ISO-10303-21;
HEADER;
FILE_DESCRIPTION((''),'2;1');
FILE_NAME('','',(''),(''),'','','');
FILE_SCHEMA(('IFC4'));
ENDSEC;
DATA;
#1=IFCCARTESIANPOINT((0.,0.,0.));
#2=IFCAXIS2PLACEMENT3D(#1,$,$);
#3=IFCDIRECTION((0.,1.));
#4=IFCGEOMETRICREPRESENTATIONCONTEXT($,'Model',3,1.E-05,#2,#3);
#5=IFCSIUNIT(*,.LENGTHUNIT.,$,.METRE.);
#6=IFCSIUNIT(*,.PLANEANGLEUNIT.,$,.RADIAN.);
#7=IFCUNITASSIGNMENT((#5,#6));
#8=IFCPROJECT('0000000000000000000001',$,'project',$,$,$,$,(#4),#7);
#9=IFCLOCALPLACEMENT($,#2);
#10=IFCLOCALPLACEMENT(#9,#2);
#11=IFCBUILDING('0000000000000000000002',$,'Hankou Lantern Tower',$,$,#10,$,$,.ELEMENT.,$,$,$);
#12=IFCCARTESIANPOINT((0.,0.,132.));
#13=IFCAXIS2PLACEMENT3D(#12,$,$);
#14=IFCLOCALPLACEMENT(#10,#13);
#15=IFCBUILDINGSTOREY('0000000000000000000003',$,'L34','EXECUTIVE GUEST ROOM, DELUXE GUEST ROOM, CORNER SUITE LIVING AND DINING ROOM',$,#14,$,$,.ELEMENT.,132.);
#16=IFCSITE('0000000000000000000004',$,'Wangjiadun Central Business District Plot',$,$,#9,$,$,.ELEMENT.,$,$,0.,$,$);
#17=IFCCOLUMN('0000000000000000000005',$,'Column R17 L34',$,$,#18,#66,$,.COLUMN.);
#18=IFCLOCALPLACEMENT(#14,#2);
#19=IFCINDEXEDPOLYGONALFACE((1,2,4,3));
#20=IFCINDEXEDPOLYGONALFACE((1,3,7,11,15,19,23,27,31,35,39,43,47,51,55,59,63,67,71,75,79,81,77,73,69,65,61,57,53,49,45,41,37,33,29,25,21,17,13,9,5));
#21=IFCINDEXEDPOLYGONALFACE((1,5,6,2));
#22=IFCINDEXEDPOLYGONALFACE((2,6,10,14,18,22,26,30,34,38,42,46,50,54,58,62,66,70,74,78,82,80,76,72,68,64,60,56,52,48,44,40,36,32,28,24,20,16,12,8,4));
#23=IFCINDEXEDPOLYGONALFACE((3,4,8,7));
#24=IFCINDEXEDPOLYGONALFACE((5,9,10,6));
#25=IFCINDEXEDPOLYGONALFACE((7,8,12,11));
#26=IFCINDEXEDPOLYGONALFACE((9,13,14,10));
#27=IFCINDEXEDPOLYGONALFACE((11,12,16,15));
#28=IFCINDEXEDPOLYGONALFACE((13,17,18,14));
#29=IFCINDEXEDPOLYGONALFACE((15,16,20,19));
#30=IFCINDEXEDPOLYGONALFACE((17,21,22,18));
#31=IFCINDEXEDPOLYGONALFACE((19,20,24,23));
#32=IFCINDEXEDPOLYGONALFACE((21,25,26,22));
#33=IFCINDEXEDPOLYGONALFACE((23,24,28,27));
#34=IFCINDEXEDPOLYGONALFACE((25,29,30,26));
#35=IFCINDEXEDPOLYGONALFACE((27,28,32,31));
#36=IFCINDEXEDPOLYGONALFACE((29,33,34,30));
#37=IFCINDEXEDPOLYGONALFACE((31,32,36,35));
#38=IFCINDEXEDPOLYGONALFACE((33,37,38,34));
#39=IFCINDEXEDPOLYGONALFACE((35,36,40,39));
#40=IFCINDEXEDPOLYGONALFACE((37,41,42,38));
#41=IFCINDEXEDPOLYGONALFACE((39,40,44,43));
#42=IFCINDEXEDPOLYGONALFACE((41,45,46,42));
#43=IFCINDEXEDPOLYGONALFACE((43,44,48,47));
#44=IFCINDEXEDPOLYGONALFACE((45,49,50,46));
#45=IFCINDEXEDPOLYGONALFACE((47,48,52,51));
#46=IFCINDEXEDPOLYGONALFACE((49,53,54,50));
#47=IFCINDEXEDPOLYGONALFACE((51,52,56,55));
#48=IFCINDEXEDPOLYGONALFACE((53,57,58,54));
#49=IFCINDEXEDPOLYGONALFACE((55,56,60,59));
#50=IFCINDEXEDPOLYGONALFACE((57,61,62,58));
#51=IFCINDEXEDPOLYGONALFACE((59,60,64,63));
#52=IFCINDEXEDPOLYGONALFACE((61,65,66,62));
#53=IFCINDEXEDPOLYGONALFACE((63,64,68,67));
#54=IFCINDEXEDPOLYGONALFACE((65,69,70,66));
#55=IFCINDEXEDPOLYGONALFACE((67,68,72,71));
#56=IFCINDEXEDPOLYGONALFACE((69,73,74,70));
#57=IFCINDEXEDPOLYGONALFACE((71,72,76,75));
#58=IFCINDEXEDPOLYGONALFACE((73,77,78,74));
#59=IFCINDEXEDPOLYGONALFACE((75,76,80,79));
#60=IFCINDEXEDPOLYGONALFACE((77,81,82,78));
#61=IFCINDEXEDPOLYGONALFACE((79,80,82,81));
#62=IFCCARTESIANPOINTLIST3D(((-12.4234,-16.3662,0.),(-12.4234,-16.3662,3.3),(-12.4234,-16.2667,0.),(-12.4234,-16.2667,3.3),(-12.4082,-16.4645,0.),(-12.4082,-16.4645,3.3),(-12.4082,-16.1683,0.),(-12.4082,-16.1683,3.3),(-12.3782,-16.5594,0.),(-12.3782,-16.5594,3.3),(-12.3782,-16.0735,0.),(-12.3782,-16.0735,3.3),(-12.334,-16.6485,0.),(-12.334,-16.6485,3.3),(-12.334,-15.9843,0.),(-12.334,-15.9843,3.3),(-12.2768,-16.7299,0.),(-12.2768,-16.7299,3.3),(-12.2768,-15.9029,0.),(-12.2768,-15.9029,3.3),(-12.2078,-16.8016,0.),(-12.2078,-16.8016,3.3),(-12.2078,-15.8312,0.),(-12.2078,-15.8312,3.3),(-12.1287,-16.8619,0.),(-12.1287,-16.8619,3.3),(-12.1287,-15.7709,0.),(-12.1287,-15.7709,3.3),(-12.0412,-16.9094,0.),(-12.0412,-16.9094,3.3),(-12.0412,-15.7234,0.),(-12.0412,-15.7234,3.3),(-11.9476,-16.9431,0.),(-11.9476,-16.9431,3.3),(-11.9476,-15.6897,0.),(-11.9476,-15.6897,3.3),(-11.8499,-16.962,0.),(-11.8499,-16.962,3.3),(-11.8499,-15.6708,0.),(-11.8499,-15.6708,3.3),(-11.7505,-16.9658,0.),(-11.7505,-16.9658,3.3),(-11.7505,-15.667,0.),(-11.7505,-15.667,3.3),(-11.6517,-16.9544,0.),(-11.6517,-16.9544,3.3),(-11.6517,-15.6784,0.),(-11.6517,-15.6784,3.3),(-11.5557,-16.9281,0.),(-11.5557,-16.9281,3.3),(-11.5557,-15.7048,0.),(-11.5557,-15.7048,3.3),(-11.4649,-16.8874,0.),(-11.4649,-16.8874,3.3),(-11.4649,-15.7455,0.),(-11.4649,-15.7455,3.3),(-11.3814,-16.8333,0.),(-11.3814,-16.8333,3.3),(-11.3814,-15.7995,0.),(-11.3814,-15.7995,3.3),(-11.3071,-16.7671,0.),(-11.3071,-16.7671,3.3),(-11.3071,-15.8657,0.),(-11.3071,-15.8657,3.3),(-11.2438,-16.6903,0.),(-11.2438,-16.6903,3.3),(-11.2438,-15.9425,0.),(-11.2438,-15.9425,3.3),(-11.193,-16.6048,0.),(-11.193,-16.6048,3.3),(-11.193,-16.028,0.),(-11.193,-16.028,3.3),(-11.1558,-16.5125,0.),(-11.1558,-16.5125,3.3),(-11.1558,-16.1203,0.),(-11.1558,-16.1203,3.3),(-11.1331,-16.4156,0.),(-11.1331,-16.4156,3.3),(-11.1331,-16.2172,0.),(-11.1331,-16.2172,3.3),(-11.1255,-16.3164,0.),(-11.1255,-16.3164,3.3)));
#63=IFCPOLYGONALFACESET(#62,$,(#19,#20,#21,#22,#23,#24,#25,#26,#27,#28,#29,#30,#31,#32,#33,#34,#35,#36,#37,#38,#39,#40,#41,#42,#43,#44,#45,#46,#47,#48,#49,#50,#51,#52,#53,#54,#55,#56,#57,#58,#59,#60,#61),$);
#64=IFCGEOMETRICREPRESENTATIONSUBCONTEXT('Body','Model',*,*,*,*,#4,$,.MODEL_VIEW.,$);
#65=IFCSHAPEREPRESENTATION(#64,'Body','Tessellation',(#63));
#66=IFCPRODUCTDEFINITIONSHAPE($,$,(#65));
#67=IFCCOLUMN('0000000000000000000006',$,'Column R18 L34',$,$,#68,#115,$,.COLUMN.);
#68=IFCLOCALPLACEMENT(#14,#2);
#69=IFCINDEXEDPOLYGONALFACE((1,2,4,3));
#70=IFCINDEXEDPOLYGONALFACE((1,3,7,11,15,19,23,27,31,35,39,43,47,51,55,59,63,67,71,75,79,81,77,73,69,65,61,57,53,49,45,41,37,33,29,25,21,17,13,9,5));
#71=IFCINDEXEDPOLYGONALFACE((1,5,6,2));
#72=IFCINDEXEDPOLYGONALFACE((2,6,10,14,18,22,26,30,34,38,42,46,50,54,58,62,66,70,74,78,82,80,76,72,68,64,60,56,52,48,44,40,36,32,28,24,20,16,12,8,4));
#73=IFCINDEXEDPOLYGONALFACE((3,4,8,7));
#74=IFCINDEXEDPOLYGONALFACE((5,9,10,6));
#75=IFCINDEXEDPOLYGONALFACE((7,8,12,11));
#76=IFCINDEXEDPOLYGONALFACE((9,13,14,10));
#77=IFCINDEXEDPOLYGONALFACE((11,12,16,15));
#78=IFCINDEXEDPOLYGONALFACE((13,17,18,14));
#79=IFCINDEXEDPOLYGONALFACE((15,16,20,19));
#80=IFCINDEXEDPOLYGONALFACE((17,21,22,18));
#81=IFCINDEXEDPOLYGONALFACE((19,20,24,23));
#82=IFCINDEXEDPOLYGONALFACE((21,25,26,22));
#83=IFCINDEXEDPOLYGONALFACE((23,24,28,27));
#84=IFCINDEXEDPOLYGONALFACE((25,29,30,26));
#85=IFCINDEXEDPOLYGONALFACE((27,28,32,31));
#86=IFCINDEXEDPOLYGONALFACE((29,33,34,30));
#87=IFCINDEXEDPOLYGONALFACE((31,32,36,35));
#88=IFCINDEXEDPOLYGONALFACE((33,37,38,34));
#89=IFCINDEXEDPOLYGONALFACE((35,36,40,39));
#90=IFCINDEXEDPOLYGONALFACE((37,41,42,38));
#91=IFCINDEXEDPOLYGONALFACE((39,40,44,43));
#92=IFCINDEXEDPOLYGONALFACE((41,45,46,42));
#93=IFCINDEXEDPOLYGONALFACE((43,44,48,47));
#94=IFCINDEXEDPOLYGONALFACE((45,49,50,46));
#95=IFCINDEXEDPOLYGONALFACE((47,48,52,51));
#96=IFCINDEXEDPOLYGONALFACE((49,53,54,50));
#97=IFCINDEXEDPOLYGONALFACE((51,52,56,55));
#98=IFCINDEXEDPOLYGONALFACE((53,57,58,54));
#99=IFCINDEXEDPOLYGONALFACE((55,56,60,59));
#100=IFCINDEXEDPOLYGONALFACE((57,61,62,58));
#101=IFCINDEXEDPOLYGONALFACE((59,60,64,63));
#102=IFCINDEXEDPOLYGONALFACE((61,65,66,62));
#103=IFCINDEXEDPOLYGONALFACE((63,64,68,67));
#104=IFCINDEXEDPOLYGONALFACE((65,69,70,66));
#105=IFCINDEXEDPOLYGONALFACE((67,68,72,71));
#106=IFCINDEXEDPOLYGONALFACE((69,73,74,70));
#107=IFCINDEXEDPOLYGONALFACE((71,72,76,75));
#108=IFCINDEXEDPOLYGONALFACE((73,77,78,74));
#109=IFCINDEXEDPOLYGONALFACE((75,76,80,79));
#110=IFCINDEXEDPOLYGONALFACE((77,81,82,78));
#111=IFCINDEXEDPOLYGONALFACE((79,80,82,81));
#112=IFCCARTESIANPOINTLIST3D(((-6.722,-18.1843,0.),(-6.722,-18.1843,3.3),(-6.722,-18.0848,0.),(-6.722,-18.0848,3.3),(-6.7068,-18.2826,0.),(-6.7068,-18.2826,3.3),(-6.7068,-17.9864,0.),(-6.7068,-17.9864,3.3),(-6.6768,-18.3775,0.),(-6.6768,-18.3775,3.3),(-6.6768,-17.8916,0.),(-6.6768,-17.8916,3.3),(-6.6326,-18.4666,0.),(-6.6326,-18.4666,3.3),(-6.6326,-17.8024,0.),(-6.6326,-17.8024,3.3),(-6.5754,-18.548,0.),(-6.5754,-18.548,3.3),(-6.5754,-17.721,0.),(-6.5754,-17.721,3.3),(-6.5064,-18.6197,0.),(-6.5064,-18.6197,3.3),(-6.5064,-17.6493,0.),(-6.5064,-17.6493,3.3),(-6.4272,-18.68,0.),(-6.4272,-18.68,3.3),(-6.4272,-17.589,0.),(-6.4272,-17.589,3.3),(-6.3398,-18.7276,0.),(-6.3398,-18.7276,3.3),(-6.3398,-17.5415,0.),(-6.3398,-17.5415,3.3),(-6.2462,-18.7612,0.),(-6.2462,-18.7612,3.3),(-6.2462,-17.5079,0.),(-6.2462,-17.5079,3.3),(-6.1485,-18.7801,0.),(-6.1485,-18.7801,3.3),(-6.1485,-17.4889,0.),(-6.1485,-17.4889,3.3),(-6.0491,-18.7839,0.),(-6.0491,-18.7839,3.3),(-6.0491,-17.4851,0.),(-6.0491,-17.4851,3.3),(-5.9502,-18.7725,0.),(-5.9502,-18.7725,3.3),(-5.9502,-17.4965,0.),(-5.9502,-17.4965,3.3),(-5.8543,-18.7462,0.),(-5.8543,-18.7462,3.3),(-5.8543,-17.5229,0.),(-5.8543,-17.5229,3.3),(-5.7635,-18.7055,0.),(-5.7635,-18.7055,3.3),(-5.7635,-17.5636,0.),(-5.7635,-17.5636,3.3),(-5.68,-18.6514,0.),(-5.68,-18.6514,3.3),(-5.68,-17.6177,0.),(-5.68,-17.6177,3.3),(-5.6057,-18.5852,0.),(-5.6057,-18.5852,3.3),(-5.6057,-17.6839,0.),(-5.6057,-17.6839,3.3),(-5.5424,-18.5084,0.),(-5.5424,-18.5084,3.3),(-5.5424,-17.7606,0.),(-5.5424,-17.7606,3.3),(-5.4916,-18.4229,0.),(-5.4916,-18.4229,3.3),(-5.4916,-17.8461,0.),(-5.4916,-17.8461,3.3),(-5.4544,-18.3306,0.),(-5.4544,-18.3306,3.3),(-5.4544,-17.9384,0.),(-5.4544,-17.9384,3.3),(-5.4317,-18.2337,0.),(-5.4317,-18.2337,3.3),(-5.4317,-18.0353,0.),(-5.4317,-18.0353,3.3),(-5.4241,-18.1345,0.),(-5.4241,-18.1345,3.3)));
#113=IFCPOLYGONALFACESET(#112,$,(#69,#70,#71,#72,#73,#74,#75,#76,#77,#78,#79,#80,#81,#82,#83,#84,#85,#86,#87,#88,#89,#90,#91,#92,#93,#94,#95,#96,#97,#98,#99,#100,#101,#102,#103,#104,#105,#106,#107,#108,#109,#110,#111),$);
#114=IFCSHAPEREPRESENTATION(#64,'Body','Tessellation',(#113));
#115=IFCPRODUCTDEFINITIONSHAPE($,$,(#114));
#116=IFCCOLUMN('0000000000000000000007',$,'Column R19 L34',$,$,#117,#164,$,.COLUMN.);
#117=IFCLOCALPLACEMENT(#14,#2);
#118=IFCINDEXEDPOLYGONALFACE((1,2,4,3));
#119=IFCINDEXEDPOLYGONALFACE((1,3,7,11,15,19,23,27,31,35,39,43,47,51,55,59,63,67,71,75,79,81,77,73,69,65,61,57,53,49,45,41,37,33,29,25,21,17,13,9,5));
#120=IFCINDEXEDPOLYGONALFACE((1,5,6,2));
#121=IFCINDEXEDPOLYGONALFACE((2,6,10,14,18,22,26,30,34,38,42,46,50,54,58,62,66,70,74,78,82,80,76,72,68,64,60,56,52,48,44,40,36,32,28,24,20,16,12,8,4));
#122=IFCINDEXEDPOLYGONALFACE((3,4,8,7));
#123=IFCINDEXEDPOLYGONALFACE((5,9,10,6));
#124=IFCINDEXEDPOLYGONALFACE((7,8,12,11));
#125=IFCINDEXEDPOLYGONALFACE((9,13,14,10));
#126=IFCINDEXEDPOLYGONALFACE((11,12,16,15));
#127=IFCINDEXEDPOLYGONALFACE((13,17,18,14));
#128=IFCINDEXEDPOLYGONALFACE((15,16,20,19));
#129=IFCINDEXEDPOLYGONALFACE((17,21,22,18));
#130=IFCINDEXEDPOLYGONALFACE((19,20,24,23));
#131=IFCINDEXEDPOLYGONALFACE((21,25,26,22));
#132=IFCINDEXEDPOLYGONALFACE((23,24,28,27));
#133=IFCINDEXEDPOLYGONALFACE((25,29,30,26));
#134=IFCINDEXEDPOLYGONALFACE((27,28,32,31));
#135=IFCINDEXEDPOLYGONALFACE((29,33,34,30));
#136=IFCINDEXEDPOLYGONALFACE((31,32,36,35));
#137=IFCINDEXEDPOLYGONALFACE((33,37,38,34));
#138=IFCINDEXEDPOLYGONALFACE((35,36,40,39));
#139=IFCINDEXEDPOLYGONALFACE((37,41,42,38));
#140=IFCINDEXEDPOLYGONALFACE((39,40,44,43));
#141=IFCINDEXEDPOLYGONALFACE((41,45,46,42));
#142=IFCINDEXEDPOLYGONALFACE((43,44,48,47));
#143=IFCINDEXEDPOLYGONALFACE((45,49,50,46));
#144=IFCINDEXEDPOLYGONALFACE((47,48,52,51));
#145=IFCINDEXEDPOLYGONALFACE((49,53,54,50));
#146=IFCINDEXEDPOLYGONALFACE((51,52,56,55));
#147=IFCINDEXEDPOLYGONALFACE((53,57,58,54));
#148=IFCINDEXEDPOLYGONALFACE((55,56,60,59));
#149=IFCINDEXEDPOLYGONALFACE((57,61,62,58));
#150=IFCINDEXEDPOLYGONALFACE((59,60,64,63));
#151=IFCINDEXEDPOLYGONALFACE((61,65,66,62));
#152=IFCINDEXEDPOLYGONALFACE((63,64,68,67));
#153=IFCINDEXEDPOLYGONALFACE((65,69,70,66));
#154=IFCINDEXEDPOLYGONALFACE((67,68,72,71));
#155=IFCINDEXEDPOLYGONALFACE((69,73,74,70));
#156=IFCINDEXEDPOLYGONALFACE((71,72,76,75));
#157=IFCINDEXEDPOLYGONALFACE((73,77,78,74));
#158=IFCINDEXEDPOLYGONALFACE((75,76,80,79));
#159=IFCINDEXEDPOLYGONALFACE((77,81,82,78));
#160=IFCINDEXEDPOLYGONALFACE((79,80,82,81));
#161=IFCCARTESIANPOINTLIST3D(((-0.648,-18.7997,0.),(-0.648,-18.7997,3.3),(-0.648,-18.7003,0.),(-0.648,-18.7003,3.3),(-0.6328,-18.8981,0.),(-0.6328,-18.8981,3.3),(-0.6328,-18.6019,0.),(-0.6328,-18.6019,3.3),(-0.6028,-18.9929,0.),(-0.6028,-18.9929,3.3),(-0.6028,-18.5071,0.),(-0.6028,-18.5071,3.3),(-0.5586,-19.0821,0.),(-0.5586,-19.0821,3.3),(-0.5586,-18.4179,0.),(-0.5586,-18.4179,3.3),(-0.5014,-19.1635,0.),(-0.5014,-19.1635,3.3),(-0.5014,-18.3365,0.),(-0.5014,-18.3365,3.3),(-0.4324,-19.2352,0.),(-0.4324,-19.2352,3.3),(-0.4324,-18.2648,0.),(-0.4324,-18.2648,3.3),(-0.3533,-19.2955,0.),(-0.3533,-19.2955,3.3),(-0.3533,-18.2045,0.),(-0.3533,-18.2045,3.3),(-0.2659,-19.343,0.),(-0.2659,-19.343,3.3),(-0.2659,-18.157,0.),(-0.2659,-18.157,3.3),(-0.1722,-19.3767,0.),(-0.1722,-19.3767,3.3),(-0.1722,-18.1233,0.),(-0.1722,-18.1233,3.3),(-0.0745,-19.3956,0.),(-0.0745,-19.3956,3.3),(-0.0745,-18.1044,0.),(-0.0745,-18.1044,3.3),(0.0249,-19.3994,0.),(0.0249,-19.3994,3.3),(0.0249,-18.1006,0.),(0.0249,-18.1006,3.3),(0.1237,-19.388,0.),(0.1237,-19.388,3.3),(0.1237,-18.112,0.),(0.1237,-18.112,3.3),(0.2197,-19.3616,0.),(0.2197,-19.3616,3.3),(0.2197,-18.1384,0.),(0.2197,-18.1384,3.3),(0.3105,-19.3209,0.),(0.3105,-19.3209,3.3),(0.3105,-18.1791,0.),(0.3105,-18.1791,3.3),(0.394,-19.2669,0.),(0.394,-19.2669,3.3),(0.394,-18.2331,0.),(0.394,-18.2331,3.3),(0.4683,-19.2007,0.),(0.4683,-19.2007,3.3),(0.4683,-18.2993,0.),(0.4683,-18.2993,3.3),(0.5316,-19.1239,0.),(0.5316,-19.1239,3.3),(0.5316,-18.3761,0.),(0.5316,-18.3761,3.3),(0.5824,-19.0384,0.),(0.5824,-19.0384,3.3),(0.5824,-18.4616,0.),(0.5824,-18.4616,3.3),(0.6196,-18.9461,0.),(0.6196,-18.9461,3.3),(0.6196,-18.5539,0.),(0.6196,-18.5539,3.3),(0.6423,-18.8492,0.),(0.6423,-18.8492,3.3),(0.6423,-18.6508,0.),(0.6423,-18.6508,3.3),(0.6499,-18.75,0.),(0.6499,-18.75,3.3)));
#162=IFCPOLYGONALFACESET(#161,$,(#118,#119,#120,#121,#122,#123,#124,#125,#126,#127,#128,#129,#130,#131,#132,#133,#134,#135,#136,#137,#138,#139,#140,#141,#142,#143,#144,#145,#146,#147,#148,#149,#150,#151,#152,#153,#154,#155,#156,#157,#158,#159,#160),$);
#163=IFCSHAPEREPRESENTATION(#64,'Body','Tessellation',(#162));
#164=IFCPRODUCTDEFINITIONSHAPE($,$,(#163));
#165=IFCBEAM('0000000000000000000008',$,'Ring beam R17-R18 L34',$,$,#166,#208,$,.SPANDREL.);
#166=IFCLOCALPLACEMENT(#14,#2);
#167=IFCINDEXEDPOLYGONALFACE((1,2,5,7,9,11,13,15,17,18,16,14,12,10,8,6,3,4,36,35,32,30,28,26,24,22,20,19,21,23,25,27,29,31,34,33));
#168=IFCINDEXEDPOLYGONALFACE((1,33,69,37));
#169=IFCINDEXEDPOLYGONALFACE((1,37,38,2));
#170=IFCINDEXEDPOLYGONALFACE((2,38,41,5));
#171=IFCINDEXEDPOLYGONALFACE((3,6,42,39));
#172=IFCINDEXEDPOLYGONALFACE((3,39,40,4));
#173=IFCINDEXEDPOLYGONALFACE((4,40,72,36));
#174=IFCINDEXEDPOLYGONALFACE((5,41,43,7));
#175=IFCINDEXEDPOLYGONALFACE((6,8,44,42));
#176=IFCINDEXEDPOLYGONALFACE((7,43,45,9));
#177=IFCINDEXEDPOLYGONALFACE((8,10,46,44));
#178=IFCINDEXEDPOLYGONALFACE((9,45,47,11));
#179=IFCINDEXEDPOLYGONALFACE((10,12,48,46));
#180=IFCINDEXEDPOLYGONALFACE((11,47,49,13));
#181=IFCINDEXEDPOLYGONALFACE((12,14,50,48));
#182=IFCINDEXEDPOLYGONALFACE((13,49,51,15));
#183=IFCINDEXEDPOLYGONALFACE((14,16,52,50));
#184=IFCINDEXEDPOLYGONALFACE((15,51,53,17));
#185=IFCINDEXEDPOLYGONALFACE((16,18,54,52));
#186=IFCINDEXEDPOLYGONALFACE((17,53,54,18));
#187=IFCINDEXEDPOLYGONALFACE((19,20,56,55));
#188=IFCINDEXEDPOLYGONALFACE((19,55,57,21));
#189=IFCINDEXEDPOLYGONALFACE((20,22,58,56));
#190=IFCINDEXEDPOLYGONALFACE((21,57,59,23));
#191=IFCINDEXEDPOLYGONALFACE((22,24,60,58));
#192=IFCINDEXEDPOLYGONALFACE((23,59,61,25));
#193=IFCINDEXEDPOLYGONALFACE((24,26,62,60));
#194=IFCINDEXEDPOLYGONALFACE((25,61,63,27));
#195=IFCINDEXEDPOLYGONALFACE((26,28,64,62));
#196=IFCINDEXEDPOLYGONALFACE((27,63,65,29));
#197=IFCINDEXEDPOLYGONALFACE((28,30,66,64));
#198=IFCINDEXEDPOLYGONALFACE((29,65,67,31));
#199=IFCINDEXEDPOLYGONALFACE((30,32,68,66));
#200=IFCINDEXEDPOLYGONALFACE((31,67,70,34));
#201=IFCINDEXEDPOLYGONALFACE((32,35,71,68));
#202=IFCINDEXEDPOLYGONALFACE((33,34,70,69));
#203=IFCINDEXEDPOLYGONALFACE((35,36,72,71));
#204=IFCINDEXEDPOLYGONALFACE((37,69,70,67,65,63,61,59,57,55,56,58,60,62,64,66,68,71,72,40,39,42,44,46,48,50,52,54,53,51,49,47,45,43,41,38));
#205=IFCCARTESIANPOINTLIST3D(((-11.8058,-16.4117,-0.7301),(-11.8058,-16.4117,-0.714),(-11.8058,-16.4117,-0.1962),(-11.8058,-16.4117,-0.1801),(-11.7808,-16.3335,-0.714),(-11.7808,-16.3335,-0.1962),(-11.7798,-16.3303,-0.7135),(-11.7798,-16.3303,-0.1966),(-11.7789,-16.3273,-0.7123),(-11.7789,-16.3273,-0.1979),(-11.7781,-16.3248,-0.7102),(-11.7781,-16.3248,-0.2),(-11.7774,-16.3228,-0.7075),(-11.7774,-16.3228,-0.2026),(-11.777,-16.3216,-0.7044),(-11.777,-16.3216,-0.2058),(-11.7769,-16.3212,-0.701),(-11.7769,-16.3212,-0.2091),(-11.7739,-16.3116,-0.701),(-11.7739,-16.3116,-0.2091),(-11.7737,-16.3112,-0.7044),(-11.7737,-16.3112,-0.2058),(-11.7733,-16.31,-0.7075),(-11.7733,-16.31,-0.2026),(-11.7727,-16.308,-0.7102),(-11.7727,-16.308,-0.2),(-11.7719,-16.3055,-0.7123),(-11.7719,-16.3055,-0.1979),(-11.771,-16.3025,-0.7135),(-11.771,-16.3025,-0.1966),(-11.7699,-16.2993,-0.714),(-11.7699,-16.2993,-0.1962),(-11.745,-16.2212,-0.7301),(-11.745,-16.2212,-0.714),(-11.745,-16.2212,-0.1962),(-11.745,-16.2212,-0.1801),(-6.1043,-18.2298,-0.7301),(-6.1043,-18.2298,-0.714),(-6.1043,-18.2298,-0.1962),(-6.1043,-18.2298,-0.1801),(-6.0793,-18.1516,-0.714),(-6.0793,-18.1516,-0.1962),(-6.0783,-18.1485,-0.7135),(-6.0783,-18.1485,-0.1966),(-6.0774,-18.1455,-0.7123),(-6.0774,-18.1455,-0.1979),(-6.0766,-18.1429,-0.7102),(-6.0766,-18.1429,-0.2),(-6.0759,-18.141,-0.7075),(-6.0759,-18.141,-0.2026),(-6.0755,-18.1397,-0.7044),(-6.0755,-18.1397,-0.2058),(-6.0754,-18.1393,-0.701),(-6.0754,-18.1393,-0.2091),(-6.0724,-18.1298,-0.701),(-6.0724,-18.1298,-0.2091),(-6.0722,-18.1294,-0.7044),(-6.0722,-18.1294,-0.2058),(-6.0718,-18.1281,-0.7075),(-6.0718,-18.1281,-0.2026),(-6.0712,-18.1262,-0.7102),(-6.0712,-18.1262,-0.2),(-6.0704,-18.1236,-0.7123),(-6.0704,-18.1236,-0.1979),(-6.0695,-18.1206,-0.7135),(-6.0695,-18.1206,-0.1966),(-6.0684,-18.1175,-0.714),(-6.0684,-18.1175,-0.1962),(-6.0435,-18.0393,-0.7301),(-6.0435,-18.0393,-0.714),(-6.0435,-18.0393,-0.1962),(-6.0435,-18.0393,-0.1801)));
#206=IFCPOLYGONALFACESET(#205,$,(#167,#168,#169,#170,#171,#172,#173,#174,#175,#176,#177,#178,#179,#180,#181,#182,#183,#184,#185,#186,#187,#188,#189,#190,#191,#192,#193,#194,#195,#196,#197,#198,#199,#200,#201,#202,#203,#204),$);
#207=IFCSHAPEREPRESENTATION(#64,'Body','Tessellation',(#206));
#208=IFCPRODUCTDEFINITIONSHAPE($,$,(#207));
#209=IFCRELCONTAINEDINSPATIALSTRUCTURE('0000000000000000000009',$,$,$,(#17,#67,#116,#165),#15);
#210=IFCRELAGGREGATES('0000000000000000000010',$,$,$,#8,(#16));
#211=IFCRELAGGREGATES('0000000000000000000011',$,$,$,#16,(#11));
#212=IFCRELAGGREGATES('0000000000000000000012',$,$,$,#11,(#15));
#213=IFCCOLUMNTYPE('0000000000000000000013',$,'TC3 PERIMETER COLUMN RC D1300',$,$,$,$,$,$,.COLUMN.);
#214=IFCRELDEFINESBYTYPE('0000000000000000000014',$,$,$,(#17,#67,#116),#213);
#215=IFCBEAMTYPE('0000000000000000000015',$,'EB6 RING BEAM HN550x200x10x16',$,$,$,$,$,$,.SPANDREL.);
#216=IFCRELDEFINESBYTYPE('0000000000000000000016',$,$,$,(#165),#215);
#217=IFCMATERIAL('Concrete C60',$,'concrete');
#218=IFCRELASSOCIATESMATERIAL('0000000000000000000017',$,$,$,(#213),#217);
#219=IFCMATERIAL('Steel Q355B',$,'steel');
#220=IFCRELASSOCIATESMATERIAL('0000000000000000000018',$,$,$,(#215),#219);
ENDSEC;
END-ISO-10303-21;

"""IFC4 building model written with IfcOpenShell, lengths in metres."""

from ifc_helpers import new_model, si_unit, direction, frame, origin, origin_2d, place, context, subcontext, project, spatial, circle, i_section, extrude, material, material_profile, profile_set, type_object, element, save


model = new_model("IFC4")

# Units and contexts
model_context = context("Model", 3, precision=1e-05, world=origin(), true_north=direction((0.0, 1.0)))
body_context = subcontext(model_context, "Body", "Model", "MODEL_VIEW")
ifc_project = project(units=[si_unit("LENGTHUNIT", "METRE"), si_unit("PLANEANGLEUNIT", "RADIAN")], contexts=[model_context])

# Site, building, storey
site_placement = place(None, origin())
site = spatial("IfcSite", under=ifc_project, at=site_placement, Name="Wangjiadun Central Business District Plot", CompositionType="ELEMENT", RefElevation=0.0)
building_placement = place(site_placement, origin())
building = spatial("IfcBuilding", under=site, at=building_placement, Name="Hankou Lantern Tower", CompositionType="ELEMENT")
storey_placement = place(building_placement, frame((0.0, 0.0, 132.0)))
storey = spatial("IfcBuildingStorey", under=building, at=storey_placement, Name="L34", Description="EXECUTIVE GUEST ROOM, DELUXE GUEST ROOM, CORNER SUITE LIVING AND DINING ROOM", CompositionType="ELEMENT", Elevation=132.0)

# Columns
ifc_material_1 = material(Name="Concrete C60", Category="concrete")
ifc_material_profile_1 = material_profile(ifc_material_1, circle(Radius=0.6499, at=origin_2d()), Name="RC D1300")
ifc_profile_set_1 = profile_set([ifc_material_profile_1], Name="Concrete C60")
column_type = type_object("IfcColumnType", Name="TC3 PERIMETER COLUMN RC D1300", PredefinedType="COLUMN", material=ifc_profile_set_1)
for number, where, z_axis, x_axis, name in (
    (1, (-11.7754, -16.3164, 0.0), (0.0, 0.0, 1.0), (1.0, 0.0, 0.0), "Column R17 L34"),
    (2, (-6.074, -18.1345, 0.0), (0.0, 0.0, 1.0), (1.0, 0.0, 0.0), "Column R18 L34"),
    (3, (0.0, -18.75, 0.0), (0.0, 0.0, 1.0), (1.0, 0.0, 0.0), "Column R19 L34"),
):
    element("IfcColumn", number, at=place(storey_placement, frame(where, z_axis=z_axis, x_axis=x_axis)), inside=storey, type_object=column_type, Name=name, PredefinedType="COLUMN", context=body_context, shape_type="SweptSolid", body=[
        extrude(circle(Radius=0.6499, at=origin_2d()), origin(), (0.0, 0.0, 1.0), 3.3),
    ])

# Beam
ifc_material_2 = material(Name="Steel Q355B", Category="steel")
ifc_material_profile_2 = material_profile(ifc_material_2, i_section(OverallWidth=0.2, OverallDepth=0.55, WebThickness=0.01, FlangeThickness=0.0161, FilletRadius=0.0129, at=origin_2d()), Name="HN550x200x10x16")
ifc_profile_set_2 = profile_set([ifc_material_profile_2], Name="Steel Q355B")
beam_type_1 = type_object("IfcBeamType", Name="EB6 RING BEAM HN550x200x10x16", PredefinedType="SPANDREL", material=ifc_profile_set_2)
beam_1_placement = place(storey_placement, frame((-11.7754, -16.3164, -0.4551), z_axis=(0.952731, -0.303815, 0.0), x_axis=(0.303815, 0.952731, 0.0)))
element("IfcBeam", 4, at=beam_1_placement, inside=storey, type_object=beam_type_1, Name="Ring beam R17-R18 L34", PredefinedType="SPANDREL", context=body_context, shape_type="SweptSolid", body=[
    extrude(i_section(OverallWidth=0.2, OverallDepth=0.55, WebThickness=0.01, FlangeThickness=0.0161, FilletRadius=0.0129, at=origin_2d()), origin(), (0.0, 0.0, 1.0), 5.9844),
])

save(model, "model.ifc")
